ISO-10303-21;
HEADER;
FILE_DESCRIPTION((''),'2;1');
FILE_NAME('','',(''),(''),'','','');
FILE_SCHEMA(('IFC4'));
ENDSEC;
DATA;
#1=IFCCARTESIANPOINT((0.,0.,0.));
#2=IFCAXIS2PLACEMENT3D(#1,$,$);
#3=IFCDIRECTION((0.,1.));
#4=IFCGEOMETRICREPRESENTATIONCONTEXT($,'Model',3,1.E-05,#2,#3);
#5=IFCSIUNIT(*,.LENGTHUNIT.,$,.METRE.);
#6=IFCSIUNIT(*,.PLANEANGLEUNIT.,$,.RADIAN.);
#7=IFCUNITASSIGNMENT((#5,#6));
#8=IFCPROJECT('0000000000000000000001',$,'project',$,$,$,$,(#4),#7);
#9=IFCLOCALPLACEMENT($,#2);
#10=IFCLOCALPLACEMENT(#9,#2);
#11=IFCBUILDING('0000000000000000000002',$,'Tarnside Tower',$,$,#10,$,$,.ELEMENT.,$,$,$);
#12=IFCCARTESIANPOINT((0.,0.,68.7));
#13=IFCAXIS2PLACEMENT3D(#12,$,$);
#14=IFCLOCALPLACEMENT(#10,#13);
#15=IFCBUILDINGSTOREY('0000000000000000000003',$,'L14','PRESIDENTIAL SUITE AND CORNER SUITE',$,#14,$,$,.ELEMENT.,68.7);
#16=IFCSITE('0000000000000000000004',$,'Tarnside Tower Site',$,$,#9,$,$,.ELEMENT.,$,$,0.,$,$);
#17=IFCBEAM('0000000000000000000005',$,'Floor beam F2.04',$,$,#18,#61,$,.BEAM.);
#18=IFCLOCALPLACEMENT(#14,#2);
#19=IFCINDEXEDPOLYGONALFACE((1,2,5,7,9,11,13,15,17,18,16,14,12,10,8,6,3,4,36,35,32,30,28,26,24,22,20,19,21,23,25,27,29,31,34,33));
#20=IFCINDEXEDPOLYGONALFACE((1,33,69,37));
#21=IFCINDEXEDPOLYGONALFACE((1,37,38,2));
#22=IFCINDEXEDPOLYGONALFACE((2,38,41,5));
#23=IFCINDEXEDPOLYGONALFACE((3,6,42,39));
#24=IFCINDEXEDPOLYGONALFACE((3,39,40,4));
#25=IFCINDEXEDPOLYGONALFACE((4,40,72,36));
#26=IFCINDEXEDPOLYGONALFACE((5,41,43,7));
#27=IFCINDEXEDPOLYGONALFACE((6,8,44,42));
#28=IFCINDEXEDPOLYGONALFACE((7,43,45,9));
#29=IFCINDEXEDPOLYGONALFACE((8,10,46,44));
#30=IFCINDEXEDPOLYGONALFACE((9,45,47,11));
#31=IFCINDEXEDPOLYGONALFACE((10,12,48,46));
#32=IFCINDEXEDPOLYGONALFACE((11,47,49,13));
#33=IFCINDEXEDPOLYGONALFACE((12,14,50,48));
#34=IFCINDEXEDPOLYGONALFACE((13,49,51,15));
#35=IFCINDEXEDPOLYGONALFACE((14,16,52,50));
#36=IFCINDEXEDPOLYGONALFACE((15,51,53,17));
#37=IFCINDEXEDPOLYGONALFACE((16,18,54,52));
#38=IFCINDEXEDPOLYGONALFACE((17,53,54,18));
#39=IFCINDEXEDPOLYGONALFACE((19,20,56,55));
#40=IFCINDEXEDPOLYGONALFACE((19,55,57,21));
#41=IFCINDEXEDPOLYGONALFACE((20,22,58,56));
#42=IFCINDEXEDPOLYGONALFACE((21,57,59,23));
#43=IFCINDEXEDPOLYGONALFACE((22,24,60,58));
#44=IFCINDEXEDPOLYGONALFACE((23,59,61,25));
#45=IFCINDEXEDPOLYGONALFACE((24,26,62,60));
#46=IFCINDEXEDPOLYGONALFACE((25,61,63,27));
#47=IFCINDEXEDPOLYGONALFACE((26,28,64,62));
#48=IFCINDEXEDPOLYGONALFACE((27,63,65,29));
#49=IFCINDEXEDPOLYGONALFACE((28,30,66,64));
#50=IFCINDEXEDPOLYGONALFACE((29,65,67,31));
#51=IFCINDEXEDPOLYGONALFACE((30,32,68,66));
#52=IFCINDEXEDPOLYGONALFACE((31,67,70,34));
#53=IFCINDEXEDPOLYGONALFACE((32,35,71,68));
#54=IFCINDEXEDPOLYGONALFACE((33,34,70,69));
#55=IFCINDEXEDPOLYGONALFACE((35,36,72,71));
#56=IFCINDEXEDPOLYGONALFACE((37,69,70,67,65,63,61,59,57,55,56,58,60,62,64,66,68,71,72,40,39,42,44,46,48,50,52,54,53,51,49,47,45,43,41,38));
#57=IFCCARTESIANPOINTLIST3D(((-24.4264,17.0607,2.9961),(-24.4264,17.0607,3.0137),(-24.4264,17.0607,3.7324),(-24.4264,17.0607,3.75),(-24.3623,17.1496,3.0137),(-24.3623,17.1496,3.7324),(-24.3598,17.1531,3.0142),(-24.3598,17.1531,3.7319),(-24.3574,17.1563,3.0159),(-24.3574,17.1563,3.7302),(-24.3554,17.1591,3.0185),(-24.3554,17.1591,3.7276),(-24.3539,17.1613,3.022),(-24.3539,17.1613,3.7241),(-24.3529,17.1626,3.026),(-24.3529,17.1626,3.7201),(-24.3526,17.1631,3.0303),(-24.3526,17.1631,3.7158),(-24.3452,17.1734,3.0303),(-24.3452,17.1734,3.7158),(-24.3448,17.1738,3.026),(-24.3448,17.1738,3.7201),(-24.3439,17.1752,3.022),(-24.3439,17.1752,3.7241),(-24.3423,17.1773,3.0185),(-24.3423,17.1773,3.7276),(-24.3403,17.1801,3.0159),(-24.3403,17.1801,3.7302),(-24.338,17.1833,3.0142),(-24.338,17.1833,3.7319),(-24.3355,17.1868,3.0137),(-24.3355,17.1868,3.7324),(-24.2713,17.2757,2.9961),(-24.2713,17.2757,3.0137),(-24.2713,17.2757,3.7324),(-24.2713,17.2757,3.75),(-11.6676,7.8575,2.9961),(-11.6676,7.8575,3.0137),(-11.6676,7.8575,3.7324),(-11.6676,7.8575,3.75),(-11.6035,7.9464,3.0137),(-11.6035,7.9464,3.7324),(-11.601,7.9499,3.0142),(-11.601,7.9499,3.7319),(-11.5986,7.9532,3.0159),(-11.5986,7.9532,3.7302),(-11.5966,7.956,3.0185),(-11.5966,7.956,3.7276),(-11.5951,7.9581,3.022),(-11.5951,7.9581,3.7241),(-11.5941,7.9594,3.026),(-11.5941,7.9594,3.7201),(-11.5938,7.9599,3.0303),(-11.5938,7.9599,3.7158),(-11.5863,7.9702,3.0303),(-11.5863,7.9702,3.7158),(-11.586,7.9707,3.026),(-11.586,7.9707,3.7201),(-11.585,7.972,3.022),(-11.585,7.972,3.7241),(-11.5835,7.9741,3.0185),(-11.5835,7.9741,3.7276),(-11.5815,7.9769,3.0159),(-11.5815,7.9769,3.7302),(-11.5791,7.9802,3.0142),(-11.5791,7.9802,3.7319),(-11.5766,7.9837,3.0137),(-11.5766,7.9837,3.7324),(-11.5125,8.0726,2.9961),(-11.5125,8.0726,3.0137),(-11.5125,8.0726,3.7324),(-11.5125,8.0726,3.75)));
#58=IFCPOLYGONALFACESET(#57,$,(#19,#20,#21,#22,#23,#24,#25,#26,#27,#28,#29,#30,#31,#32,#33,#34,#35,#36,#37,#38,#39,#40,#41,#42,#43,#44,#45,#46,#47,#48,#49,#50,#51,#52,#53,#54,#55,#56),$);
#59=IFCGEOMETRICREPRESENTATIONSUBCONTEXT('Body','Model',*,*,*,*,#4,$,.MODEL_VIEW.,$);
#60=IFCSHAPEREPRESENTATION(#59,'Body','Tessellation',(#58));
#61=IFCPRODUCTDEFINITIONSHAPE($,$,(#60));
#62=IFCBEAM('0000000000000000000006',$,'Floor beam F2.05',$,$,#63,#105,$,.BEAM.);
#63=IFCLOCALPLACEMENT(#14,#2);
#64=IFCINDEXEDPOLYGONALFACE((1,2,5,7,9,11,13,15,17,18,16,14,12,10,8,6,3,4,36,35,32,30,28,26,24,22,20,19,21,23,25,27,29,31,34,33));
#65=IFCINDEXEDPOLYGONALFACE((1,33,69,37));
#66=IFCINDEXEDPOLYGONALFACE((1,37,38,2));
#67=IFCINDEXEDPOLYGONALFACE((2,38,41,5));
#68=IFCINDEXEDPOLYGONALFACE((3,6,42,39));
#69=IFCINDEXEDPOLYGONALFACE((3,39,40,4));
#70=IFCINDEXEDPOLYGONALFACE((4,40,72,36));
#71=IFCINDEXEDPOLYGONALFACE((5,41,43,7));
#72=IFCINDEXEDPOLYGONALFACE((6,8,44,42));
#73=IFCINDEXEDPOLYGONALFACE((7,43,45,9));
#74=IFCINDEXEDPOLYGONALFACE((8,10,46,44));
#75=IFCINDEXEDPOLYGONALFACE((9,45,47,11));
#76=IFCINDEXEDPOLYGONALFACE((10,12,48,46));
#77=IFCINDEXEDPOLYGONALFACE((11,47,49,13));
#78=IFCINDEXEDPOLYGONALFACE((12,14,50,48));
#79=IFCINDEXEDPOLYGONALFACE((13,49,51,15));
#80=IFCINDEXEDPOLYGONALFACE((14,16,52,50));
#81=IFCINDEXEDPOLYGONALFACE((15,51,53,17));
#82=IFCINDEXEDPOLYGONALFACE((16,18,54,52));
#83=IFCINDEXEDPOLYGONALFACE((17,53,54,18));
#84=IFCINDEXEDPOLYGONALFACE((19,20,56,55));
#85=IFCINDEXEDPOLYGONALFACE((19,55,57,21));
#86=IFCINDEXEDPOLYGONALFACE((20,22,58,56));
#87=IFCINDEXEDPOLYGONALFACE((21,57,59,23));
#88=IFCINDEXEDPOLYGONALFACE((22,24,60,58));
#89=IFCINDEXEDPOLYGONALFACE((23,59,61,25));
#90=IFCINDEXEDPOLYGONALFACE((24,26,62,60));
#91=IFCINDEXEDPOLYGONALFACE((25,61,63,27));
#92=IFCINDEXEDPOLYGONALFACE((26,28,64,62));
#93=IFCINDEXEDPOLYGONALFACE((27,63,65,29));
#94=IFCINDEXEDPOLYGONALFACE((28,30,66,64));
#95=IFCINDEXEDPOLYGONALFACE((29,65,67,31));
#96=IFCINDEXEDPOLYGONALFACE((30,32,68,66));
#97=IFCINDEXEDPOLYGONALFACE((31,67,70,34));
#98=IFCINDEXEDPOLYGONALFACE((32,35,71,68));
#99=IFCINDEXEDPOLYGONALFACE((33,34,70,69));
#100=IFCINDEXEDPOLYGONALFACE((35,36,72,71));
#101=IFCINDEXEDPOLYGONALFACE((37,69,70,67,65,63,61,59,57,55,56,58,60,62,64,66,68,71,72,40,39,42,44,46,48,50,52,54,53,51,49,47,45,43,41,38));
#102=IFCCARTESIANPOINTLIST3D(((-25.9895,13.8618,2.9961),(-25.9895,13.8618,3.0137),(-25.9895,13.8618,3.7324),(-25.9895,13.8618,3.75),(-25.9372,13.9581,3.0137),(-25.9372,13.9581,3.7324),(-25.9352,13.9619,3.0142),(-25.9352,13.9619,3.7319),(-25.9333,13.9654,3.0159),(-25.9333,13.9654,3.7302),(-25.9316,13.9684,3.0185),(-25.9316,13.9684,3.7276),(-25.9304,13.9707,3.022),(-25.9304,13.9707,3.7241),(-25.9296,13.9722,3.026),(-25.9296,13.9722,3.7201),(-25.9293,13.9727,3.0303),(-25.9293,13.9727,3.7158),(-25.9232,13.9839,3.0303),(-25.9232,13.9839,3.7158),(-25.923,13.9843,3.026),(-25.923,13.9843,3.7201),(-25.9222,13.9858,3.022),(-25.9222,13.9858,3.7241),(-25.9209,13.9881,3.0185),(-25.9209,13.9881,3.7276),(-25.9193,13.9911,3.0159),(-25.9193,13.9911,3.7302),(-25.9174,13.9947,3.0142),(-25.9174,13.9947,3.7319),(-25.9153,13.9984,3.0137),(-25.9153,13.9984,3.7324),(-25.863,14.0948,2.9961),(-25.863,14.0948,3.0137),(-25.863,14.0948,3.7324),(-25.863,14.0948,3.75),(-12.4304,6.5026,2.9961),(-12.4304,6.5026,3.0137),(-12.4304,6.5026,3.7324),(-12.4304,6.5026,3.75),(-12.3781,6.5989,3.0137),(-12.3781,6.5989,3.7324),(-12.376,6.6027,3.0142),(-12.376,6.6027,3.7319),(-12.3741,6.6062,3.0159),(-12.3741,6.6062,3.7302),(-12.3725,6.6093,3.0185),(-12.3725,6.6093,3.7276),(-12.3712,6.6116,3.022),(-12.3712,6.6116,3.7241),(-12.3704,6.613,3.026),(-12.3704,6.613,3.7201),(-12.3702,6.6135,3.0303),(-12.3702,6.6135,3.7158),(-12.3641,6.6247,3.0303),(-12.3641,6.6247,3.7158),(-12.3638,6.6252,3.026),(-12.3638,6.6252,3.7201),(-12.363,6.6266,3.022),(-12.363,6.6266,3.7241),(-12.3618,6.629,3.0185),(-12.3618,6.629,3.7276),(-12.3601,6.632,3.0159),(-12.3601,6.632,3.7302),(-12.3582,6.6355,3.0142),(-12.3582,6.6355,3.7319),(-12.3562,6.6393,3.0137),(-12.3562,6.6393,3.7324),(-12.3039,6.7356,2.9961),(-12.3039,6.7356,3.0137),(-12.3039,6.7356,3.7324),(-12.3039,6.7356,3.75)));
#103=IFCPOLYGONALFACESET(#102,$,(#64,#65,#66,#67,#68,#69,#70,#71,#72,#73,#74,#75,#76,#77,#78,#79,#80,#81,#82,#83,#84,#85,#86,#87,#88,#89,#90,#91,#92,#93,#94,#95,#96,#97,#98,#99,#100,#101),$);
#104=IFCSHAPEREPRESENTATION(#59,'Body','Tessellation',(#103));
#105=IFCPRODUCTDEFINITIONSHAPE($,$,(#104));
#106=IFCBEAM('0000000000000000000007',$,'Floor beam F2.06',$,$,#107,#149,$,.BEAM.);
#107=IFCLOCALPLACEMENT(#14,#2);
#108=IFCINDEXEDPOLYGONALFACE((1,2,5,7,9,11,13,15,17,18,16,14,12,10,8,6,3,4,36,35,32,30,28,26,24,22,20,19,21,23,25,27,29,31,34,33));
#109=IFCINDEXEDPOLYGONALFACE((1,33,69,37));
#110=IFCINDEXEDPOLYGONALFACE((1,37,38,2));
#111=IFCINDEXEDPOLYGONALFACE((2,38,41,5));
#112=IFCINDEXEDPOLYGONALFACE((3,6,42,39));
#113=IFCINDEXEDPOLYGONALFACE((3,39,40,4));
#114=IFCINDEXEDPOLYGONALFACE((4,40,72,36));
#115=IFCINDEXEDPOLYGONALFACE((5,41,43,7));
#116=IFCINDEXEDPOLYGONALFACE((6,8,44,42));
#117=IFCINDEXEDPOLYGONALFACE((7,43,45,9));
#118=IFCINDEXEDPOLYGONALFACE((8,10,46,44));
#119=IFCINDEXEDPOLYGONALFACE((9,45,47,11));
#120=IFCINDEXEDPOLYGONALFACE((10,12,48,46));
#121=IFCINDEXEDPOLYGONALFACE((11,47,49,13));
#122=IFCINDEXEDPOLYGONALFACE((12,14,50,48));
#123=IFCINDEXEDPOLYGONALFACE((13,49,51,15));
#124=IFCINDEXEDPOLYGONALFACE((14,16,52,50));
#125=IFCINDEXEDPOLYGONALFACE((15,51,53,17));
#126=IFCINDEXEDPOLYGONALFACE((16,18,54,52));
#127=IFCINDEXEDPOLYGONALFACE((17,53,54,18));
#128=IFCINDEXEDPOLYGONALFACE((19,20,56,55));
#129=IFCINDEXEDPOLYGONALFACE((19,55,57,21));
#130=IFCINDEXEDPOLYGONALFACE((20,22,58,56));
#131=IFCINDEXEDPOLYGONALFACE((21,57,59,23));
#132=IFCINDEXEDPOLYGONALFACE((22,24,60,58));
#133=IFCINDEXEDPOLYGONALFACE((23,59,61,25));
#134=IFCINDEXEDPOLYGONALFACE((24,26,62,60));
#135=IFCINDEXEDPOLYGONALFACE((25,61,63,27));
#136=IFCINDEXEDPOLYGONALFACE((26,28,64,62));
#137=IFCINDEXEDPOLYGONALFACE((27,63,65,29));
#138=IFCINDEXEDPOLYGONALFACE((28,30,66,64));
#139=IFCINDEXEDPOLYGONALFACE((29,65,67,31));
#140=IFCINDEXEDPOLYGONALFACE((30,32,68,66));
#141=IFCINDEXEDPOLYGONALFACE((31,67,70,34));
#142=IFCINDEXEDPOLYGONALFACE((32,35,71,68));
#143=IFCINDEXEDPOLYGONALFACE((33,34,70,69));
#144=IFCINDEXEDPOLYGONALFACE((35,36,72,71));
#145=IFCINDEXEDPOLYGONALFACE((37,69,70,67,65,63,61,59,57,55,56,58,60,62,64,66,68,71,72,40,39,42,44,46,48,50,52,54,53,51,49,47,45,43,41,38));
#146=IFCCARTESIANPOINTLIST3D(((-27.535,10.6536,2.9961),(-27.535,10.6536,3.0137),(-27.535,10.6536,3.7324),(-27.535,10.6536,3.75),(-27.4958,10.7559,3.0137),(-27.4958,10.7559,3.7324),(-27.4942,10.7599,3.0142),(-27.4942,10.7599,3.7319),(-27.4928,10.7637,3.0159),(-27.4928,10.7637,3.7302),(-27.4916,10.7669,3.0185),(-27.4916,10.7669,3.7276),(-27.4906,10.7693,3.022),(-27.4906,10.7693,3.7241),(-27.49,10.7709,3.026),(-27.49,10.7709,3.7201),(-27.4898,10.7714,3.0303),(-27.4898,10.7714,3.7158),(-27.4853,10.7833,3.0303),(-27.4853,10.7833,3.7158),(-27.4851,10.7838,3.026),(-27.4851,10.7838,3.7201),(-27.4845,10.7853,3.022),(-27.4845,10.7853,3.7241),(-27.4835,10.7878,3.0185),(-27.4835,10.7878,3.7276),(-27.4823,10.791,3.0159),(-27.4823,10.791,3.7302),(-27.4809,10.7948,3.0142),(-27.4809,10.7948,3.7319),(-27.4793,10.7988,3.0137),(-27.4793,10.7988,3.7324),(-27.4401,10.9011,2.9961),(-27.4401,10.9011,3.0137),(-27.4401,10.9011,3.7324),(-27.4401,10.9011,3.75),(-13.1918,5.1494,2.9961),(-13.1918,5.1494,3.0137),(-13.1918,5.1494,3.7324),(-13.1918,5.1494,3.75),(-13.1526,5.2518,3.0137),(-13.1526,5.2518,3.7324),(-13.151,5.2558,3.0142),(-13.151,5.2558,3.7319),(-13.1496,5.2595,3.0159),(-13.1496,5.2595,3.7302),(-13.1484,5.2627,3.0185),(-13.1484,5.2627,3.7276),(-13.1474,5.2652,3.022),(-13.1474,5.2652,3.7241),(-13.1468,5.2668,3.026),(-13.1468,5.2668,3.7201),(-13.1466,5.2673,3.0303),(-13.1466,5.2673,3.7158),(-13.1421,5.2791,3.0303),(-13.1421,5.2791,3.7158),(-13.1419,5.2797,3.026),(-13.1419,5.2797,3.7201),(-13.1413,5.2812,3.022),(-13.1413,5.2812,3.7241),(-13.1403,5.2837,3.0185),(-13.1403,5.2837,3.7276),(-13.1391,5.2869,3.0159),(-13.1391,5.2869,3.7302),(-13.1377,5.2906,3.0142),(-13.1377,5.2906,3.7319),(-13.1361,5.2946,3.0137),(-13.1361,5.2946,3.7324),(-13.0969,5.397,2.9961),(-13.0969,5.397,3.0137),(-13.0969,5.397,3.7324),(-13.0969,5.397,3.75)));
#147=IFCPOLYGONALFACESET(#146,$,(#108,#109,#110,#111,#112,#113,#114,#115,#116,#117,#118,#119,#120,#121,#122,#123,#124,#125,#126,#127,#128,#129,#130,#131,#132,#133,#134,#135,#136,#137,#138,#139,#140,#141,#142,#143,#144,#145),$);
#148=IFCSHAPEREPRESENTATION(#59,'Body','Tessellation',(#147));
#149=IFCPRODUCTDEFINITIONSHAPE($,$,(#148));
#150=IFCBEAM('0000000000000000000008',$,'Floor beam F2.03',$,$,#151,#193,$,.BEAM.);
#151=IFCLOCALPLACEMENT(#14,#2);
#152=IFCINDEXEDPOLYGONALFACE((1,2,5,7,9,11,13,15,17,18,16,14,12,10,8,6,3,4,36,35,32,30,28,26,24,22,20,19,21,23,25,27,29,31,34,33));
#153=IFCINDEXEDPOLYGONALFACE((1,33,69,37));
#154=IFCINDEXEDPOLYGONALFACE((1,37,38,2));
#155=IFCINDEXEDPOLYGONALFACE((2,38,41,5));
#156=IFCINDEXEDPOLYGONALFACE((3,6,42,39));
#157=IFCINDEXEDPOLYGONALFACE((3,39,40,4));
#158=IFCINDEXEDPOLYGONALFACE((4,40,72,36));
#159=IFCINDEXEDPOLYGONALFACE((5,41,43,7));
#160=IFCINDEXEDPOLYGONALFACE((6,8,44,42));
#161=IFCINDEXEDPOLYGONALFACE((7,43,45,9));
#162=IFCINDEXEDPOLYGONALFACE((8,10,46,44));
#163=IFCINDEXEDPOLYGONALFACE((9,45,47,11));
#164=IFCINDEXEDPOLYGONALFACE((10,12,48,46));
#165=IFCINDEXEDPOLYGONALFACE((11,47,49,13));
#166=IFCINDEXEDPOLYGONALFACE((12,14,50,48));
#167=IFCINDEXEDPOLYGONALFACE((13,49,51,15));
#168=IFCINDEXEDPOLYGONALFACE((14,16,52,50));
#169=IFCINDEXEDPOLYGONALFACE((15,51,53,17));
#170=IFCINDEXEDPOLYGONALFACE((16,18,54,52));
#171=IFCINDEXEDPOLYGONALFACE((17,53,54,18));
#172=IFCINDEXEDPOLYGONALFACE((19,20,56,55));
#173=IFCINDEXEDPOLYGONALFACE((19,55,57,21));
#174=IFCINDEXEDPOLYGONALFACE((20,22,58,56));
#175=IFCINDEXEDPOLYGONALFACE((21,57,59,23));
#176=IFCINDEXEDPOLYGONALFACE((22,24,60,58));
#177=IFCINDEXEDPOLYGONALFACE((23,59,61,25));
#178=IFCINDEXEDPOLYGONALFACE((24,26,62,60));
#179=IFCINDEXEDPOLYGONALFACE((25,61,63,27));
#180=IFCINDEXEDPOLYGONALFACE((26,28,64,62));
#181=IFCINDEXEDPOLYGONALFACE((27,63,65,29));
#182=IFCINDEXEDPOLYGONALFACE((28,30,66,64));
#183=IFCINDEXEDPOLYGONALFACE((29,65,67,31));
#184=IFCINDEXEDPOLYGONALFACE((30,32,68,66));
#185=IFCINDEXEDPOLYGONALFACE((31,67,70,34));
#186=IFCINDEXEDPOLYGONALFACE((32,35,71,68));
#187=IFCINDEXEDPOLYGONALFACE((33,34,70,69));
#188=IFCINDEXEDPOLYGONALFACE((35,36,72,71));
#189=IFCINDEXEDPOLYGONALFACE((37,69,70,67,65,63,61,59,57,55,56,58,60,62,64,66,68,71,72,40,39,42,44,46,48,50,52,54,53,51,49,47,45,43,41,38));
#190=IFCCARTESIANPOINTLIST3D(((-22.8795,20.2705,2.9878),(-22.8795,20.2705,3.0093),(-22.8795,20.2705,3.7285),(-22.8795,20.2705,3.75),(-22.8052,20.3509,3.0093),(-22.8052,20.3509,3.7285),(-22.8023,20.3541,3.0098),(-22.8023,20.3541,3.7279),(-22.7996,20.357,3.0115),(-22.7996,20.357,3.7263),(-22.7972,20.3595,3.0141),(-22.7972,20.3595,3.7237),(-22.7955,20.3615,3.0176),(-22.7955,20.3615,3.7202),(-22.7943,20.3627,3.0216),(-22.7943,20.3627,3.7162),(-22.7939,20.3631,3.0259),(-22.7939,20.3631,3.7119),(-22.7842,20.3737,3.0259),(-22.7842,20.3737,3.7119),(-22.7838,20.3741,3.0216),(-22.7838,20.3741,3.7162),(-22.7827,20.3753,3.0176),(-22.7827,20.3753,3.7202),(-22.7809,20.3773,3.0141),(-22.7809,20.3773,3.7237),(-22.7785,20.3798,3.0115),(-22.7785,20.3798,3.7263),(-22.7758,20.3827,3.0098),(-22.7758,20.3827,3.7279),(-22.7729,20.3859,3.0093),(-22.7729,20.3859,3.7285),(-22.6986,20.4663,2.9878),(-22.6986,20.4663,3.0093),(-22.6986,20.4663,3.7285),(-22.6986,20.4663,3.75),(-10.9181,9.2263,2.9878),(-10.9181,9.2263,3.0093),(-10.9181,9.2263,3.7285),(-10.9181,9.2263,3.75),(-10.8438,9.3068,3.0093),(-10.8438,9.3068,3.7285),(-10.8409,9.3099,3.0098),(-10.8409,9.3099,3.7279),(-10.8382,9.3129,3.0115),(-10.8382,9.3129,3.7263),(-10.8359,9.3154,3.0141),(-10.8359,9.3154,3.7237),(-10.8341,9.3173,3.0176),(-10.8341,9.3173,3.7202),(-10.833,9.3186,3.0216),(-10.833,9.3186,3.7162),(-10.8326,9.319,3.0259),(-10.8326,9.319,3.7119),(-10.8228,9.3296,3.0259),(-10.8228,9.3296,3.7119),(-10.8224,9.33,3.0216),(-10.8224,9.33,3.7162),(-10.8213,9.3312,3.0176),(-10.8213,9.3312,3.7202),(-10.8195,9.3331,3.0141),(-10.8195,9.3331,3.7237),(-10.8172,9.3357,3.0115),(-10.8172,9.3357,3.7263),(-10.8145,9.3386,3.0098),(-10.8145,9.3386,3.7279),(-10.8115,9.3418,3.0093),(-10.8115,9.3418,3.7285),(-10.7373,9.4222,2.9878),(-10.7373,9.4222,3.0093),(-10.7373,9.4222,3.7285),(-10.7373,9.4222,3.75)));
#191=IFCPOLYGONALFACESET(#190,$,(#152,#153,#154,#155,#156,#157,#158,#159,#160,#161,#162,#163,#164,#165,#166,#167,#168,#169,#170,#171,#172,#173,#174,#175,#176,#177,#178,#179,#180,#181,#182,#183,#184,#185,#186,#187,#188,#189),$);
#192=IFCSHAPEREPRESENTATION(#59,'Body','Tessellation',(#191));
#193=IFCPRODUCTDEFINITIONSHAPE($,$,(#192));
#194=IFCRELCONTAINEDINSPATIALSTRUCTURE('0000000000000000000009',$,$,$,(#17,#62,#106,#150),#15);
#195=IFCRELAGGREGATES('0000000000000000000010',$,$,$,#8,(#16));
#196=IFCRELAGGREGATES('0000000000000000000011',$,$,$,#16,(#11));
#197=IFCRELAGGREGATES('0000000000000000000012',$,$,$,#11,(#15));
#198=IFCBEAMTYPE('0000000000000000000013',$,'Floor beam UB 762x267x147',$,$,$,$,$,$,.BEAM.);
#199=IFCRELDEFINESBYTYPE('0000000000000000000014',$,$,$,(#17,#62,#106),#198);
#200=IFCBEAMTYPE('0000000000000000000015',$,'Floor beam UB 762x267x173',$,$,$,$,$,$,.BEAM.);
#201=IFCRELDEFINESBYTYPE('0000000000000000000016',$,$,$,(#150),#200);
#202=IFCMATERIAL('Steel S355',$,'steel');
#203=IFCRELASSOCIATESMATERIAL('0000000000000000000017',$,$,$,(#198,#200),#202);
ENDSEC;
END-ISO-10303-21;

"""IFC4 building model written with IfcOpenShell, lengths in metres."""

from ifc_helpers import new_model, si_unit, direction, frame, origin, origin_2d, place, context, subcontext, project, spatial, i_section, extrude, material, material_profile, profile_set, type_object, element, save


model = new_model("IFC4")

# Units and contexts
model_context = context("Model", 3, precision=1e-05, world=origin(), true_north=direction((0.0, 1.0)))
body_context = subcontext(model_context, "Body", "Model", "MODEL_VIEW")
ifc_project = project(units=[si_unit("LENGTHUNIT", "METRE"), si_unit("PLANEANGLEUNIT", "RADIAN")], contexts=[model_context])

# Site, building, storey
site_placement = place(None, origin())
site = spatial("IfcSite", under=ifc_project, at=site_placement, Name="Tarnside Tower Site", CompositionType="ELEMENT", RefElevation=0.0)
building_placement = place(site_placement, origin())
building = spatial("IfcBuilding", under=site, at=building_placement, Name="Tarnside Tower", CompositionType="ELEMENT")
storey_placement = place(building_placement, frame((0.0, 0.0, 68.7)))
storey = spatial("IfcBuildingStorey", under=building, at=storey_placement, Name="L14", Description="PRESIDENTIAL SUITE AND CORNER SUITE", CompositionType="ELEMENT", Elevation=68.7)

# Beams
ifc_material_1 = material(Name="Steel S355", Category="steel")
ifc_material_profile_1 = material_profile(ifc_material_1, i_section(OverallWidth=0.2651, OverallDepth=0.7539, WebThickness=0.0127, FlangeThickness=0.0176, FilletRadius=0.0166, at=origin_2d()), Name="UB 762x267x147")
ifc_profile_set_1 = profile_set([ifc_material_profile_1], Name="Steel S355")
beam_type_1 = type_object("IfcBeamType", Name="Floor beam UB 762x267x147", PredefinedType="BEAM", material=ifc_profile_set_1)
beam_1_placement = place(storey_placement, frame((-24.3489, 17.1682, 3.373), z_axis=(0.811028, -0.585008, 0.0), x_axis=(0.585008, 0.811028, 0.0)))
element("IfcBeam", 1, at=beam_1_placement, inside=storey, type_object=beam_type_1, Name="Floor beam F2.04", PredefinedType="BEAM", context=body_context, shape_type="SweptSolid", body=[
    extrude(i_section(OverallWidth=0.2651, OverallDepth=0.7539, WebThickness=0.0127, FlangeThickness=0.0176, FilletRadius=0.0166, at=origin_2d()), origin(), (0.0, 0.0, 1.0), 15.7317),
])
beam_2_placement = place(storey_placement, frame((-25.9263, 13.9783, 3.373), z_axis=(0.878895, -0.477016, 0.0), x_axis=(0.477016, 0.878895, 0.0)))
element("IfcBeam", 2, at=beam_2_placement, inside=storey, type_object=beam_type_1, Name="Floor beam F2.05", PredefinedType="BEAM", context=body_context, shape_type="SweptSolid", body=[
    extrude(i_section(OverallWidth=0.2651, OverallDepth=0.7539, WebThickness=0.0127, FlangeThickness=0.0176, FilletRadius=0.0166, at=origin_2d()), origin(), (0.0, 0.0, 1.0), 15.4275),
])
beam_3_placement = place(storey_placement, frame((-27.4875, 10.7773, 3.373), z_axis=(0.933618, -0.358271, 0.0), x_axis=(0.358271, 0.933618, 0.0)))
element("IfcBeam", 3, at=beam_3_placement, inside=storey, type_object=beam_type_1, Name="Floor beam F2.06", PredefinedType="BEAM", context=body_context, shape_type="SweptSolid", body=[
    extrude(i_section(OverallWidth=0.2651, OverallDepth=0.7539, WebThickness=0.0127, FlangeThickness=0.0176, FilletRadius=0.0166, at=origin_2d()), origin(), (0.0, 0.0, 1.0), 15.363),
])
ifc_material_profile_2 = material_profile(ifc_material_1, i_section(OverallWidth=0.2666, OverallDepth=0.7622, WebThickness=0.0144, FlangeThickness=0.0215, FilletRadius=0.0166, at=origin_2d()), Name="UB 762x267x173")
ifc_profile_set_2 = profile_set([ifc_material_profile_2], Name="Steel S355")
beam_type_2 = type_object("IfcBeamType", Name="Floor beam UB 762x267x173", PredefinedType="BEAM", material=ifc_profile_set_2)
beam_4_placement = place(storey_placement, frame((-22.7891, 20.3684, 3.3689), z_axis=(0.734715, -0.678375, 0.0), x_axis=(0.678375, 0.734715, 0.0)))
element("IfcBeam", 4, at=beam_4_placement, inside=storey, type_object=beam_type_2, Name="Floor beam F2.03", PredefinedType="BEAM", context=body_context, shape_type="SweptSolid", body=[
    extrude(i_section(OverallWidth=0.2666, OverallDepth=0.7622, WebThickness=0.0144, FlangeThickness=0.0215, FilletRadius=0.0166, at=origin_2d()), origin(), (0.0, 0.0, 1.0), 16.2803),
])

save(model, "model.ifc")
